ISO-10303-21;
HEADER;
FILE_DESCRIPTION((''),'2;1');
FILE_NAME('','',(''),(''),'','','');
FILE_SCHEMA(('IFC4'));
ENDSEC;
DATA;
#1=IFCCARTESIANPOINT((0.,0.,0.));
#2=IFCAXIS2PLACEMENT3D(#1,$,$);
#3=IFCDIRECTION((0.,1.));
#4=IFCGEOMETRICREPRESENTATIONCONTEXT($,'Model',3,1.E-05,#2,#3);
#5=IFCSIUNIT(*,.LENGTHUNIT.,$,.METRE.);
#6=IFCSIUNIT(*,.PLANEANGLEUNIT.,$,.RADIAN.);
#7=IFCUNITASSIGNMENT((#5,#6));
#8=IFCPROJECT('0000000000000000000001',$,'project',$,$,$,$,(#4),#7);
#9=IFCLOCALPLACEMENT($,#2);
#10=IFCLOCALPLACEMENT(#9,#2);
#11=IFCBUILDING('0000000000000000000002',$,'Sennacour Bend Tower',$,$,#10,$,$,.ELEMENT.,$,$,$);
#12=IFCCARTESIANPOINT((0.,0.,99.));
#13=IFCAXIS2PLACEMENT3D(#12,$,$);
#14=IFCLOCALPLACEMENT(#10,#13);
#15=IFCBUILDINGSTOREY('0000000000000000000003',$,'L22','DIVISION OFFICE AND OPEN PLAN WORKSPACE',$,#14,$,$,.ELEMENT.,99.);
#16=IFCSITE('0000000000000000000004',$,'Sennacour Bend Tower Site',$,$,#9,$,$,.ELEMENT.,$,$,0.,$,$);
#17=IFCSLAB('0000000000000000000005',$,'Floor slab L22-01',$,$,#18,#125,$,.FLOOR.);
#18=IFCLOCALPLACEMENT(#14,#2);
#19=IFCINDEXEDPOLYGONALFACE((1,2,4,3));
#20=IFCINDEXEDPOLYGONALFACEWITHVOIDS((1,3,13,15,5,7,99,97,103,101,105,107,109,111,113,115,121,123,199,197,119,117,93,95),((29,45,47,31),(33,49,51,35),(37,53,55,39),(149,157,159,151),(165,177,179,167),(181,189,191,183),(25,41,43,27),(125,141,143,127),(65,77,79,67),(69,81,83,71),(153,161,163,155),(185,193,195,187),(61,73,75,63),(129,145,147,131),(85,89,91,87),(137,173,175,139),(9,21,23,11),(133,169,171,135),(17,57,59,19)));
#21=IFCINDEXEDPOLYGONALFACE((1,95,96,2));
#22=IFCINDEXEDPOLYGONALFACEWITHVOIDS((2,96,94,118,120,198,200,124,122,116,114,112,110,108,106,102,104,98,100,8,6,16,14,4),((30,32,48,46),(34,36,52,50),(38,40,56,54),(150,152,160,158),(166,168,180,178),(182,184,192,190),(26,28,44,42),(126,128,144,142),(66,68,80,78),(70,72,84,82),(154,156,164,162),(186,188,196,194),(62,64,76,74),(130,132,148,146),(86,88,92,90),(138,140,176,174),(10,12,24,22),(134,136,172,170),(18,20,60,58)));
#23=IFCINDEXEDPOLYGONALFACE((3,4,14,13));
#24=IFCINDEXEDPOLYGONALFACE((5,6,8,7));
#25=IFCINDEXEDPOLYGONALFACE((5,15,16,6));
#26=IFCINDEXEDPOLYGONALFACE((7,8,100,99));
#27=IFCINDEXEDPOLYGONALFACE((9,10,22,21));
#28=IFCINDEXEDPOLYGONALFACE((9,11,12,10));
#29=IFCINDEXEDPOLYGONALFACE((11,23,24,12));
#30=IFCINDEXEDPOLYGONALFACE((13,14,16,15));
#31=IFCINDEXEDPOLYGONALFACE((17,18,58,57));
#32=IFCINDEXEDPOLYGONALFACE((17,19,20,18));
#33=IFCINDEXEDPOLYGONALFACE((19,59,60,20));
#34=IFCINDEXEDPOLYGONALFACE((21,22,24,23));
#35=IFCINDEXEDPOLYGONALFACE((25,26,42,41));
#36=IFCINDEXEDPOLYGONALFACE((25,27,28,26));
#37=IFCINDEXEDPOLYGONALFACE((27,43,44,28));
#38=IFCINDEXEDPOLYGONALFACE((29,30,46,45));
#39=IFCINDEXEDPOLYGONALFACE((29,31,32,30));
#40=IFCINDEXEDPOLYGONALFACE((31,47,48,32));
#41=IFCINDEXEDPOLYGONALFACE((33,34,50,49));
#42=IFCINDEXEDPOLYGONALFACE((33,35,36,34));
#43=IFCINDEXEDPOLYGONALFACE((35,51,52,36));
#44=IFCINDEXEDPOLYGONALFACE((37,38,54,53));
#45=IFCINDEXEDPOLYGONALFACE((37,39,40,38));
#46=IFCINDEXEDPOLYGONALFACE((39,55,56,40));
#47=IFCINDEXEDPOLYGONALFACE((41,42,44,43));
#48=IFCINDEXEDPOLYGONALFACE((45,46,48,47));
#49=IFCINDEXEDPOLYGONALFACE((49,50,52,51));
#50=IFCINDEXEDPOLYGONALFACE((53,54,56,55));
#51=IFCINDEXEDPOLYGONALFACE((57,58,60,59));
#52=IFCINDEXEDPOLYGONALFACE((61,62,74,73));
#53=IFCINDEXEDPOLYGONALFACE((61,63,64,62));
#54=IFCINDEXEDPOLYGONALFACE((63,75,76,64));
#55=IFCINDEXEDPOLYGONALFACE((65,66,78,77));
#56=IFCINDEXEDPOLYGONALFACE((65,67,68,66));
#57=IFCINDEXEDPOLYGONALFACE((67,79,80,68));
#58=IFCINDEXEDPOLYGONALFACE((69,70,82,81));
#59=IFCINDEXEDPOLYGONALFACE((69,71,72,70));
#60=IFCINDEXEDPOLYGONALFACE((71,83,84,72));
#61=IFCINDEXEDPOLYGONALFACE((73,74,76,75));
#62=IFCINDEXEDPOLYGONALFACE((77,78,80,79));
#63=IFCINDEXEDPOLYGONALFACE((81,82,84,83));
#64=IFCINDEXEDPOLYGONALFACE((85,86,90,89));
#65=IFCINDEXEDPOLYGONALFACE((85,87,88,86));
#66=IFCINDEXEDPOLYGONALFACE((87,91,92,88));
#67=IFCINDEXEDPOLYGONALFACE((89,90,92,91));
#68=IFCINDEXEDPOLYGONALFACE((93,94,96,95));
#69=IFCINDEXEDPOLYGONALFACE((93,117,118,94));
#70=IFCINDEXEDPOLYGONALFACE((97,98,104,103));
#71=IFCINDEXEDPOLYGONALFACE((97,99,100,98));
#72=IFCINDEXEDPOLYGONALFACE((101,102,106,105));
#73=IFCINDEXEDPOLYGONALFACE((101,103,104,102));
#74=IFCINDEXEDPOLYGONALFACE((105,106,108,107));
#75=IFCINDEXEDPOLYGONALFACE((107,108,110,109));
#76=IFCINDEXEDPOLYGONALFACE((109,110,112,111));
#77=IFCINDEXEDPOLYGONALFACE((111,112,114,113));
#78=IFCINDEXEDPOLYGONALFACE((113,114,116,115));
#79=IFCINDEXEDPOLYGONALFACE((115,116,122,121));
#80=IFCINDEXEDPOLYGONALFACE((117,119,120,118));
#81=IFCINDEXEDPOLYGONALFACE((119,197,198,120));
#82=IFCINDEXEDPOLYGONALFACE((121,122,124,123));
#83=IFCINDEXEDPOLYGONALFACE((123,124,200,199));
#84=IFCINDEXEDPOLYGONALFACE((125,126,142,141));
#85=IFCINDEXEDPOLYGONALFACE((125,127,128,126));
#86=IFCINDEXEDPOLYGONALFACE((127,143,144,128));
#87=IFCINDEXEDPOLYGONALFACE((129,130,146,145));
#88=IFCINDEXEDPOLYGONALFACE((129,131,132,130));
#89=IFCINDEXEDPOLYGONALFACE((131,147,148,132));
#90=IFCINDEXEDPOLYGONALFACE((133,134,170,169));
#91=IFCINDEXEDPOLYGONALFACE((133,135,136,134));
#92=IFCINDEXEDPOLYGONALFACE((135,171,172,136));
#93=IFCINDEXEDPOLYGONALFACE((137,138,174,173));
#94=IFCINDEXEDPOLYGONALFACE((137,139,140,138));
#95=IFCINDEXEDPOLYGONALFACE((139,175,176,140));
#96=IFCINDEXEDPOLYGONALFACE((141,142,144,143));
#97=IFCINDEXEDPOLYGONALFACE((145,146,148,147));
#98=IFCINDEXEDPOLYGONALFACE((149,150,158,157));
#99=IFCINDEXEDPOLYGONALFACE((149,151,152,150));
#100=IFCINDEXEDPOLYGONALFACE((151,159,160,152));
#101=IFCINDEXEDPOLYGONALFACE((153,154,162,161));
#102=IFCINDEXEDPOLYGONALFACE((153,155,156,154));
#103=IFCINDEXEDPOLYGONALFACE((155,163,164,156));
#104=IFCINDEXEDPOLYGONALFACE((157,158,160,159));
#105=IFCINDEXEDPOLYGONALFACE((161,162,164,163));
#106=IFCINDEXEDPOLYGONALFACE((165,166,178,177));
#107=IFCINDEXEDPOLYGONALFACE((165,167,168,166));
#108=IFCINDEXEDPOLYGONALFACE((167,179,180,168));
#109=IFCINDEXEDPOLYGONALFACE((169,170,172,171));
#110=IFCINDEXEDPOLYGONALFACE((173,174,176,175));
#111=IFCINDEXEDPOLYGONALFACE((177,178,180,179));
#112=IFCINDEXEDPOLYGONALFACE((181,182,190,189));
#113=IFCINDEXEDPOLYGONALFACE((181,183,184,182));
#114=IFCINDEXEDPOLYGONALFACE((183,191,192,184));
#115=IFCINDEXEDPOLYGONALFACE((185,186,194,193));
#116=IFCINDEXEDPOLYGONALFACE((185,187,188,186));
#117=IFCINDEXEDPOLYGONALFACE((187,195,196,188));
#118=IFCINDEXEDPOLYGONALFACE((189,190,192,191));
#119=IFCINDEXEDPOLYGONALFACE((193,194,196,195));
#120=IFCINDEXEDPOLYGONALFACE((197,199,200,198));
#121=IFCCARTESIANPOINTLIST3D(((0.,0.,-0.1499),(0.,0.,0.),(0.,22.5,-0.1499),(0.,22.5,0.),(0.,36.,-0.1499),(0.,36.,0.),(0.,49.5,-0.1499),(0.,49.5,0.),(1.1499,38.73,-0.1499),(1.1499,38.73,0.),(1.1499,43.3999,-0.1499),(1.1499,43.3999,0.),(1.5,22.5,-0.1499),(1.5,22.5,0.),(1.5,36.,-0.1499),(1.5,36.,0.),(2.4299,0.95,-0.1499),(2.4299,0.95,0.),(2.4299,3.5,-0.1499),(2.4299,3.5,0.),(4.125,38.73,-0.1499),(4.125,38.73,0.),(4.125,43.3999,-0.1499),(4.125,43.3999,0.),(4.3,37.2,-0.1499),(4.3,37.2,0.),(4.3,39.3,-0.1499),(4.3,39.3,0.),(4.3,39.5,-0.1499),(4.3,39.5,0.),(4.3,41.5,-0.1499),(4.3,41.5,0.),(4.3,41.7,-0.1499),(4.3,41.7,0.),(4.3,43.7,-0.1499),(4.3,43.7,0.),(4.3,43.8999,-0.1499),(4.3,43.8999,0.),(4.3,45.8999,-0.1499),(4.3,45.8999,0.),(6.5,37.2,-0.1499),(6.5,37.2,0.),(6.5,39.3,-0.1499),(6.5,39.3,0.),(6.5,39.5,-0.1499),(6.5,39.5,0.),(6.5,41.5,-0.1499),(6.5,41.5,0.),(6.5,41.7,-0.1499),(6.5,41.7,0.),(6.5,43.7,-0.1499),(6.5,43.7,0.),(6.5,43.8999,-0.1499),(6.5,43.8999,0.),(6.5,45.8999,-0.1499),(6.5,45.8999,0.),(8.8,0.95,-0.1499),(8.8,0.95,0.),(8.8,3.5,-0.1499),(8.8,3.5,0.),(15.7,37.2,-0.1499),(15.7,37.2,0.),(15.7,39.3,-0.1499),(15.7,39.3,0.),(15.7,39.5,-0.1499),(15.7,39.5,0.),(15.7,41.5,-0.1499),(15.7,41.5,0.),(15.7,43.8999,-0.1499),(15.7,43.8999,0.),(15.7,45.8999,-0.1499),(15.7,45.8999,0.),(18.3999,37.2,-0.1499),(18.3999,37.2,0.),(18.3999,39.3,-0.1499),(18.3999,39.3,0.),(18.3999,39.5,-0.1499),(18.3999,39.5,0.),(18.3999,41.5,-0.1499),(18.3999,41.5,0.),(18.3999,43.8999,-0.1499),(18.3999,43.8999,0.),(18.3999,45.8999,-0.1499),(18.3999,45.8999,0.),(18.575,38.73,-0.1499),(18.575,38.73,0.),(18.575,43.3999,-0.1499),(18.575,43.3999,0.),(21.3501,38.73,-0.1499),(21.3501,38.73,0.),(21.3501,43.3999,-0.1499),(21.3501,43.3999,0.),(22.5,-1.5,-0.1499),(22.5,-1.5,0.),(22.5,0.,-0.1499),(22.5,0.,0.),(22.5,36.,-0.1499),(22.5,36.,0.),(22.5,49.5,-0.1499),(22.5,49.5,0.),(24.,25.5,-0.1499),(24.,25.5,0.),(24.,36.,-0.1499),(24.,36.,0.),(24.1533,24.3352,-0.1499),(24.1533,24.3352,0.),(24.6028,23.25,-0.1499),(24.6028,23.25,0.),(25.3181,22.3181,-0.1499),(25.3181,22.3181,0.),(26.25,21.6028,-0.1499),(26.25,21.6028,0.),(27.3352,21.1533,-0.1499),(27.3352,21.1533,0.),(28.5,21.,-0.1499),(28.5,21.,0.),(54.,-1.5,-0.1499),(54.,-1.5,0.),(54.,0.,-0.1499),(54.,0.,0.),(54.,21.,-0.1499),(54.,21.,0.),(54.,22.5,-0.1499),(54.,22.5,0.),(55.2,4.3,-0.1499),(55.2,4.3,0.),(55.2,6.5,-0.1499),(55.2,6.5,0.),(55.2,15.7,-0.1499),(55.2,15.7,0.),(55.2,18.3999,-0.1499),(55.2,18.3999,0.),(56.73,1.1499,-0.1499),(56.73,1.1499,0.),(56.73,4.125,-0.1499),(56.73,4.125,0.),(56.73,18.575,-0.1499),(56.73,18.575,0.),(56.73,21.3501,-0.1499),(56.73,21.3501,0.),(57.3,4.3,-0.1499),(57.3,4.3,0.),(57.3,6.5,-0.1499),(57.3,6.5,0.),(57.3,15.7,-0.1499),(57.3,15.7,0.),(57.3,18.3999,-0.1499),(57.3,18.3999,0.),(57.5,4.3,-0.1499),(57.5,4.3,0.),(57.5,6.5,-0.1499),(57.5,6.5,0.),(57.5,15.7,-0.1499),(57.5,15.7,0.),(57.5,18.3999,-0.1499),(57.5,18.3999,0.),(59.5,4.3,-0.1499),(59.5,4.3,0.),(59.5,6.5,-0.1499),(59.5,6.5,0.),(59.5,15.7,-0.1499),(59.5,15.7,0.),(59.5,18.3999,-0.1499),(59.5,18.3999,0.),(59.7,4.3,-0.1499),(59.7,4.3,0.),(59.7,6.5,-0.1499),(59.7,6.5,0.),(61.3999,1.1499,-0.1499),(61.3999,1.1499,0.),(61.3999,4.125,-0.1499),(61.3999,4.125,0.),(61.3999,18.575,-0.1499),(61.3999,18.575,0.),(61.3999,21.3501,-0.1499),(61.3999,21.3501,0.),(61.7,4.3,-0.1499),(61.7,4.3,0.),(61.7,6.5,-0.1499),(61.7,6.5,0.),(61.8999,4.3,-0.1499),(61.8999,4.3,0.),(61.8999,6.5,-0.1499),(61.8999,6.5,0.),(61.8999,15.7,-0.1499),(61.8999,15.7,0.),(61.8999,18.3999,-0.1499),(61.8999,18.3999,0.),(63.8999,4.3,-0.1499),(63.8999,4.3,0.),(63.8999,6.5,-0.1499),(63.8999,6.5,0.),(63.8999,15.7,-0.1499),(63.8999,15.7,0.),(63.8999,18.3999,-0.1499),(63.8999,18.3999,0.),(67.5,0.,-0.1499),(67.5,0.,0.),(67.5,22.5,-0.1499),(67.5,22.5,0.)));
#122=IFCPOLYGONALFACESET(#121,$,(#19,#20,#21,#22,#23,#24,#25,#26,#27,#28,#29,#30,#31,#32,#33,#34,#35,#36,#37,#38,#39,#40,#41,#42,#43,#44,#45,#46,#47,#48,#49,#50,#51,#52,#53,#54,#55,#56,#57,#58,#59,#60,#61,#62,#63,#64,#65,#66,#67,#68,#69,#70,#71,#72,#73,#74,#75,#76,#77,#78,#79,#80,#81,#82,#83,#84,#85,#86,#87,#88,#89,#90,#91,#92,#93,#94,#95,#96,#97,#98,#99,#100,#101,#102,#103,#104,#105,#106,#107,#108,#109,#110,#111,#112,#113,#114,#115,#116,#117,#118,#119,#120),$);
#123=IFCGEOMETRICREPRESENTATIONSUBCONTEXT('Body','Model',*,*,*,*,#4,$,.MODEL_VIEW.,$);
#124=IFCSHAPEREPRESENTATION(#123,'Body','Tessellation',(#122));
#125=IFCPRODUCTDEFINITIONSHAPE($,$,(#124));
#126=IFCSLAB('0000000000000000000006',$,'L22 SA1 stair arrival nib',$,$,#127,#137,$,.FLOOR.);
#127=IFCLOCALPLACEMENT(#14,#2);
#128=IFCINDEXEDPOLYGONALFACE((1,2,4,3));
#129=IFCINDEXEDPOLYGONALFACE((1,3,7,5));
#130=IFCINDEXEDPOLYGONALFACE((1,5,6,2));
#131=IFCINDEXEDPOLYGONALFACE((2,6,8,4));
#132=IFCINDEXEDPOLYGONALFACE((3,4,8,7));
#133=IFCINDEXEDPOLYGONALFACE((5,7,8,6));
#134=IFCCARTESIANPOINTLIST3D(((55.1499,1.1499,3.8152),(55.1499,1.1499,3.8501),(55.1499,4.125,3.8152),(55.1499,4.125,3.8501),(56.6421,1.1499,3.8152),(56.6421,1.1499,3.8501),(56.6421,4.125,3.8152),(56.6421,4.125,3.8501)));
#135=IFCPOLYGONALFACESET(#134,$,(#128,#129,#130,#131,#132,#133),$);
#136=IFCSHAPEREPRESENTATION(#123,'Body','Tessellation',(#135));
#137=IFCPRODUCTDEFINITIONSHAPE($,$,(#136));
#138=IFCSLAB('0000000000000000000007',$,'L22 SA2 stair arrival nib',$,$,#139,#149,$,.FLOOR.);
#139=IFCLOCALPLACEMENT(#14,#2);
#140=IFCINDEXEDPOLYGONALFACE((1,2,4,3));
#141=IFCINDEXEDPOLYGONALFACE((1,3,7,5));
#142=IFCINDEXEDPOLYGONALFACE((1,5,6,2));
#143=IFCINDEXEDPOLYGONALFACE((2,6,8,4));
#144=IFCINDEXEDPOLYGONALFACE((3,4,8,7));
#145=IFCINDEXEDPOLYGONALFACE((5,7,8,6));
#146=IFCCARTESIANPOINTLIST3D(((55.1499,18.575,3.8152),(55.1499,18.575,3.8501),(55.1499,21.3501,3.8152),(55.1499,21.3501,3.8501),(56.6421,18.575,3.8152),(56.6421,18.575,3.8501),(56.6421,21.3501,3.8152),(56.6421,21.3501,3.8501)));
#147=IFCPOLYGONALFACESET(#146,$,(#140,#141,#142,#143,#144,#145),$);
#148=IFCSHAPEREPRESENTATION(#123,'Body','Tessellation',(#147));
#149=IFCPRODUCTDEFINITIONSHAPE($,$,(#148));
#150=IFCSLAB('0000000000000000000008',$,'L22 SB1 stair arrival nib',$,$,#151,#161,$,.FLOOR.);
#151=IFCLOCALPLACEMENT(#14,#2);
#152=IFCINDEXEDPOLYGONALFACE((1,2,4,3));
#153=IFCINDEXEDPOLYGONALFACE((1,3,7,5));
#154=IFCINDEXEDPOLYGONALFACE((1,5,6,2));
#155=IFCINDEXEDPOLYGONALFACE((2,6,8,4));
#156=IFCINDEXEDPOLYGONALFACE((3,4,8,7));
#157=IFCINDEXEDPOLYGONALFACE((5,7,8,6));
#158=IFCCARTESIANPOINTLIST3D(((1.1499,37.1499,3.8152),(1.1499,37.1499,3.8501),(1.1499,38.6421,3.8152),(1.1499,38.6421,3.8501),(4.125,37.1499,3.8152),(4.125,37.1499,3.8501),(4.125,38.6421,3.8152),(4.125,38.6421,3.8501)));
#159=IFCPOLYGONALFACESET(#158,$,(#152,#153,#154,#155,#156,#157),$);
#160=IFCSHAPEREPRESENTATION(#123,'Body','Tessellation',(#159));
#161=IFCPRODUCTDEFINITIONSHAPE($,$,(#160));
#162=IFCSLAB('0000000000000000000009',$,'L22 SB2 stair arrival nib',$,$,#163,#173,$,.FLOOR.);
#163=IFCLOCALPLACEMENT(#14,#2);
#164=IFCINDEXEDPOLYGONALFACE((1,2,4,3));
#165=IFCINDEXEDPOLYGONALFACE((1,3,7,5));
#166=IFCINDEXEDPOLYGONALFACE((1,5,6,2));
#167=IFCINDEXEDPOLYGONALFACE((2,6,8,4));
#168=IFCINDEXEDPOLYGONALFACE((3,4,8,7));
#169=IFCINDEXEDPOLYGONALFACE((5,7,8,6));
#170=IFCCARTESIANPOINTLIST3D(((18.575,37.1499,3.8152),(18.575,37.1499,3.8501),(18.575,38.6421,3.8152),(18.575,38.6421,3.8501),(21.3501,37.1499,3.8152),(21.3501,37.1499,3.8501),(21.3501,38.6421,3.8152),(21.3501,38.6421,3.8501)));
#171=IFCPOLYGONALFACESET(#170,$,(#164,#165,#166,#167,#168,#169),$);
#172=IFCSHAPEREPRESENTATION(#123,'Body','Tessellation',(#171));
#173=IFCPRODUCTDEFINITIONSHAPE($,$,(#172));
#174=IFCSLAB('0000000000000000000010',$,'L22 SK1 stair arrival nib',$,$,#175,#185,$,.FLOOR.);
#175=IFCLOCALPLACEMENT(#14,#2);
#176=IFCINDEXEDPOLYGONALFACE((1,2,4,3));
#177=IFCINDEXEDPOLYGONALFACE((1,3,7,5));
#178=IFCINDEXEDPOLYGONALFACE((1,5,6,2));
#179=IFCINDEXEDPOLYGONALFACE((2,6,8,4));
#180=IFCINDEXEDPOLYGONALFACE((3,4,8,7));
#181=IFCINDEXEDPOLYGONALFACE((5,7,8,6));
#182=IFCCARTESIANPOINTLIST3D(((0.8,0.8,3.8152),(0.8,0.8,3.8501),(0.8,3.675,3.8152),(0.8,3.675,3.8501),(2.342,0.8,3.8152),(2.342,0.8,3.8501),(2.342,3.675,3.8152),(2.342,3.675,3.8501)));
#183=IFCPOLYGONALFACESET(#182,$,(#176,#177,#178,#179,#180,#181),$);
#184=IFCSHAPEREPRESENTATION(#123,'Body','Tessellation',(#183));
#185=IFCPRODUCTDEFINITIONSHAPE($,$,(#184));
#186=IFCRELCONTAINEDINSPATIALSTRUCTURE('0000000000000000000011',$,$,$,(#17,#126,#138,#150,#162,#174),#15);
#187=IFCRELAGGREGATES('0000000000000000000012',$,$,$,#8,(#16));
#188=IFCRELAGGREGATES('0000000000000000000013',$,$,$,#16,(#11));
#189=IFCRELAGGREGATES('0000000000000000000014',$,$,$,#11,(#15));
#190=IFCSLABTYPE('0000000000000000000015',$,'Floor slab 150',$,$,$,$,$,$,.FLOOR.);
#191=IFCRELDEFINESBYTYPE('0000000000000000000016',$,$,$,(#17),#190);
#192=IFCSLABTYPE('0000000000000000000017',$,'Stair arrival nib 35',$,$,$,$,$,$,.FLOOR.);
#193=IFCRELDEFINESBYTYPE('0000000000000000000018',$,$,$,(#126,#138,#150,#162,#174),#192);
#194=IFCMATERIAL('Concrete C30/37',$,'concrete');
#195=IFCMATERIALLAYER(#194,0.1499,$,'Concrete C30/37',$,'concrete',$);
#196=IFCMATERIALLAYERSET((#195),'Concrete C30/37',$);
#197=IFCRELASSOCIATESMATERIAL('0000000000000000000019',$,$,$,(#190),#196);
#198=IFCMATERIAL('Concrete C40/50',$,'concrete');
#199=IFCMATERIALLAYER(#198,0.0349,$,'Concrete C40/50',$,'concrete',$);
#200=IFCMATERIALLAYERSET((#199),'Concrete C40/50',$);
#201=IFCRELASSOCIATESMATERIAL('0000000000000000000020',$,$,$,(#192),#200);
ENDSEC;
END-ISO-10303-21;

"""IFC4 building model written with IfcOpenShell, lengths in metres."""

from ifc_helpers import new_model, si_unit, direction, frame, origin, place, context, subcontext, project, spatial, polyline, outline, extrude, material, layer, layer_set, type_object, element, save


model = new_model("IFC4")

# Units and contexts
model_context = context("Model", 3, precision=1e-05, world=origin(), true_north=direction((0.0, 1.0)))
body_context = subcontext(model_context, "Body", "Model", "MODEL_VIEW")
ifc_project = project(units=[si_unit("LENGTHUNIT", "METRE"), si_unit("PLANEANGLEUNIT", "RADIAN")], contexts=[model_context])

# Site, building, storey
site_placement = place(None, origin())
site = spatial("IfcSite", under=ifc_project, at=site_placement, Name="Sennacour Bend Tower Site", CompositionType="ELEMENT", RefElevation=0.0)
building_placement = place(site_placement, origin())
building = spatial("IfcBuilding", under=site, at=building_placement, Name="Sennacour Bend Tower", CompositionType="ELEMENT")
storey_placement = place(building_placement, frame((0.0, 0.0, 99.0)))
storey = spatial("IfcBuildingStorey", under=building, at=storey_placement, Name="L22", Description="DIVISION OFFICE AND OPEN PLAN WORKSPACE", CompositionType="ELEMENT", Elevation=99.0)

# Slabs
ifc_material_1 = material(Name="Concrete C30/37", Category="concrete")
ifc_layer_1 = layer(ifc_material_1, 0.1499, Name="Concrete C30/37", Category="concrete")
ifc_layer_set_1 = layer_set([ifc_layer_1], Name="Concrete C30/37")
slab_type_1 = type_object("IfcSlabType", Name="Floor slab 150", PredefinedType="FLOOR", material=ifc_layer_set_1)
slab_1_placement = place(storey_placement, frame((0.0, 0.0, -0.1499)))
element("IfcSlab", 1, at=slab_1_placement, inside=storey, type_object=slab_type_1, Name="Floor slab L22-01", PredefinedType="FLOOR", context=body_context, shape_type="SweptSolid", body=[
    extrude(outline(polyline([(22.5, 0.0), (0.0, 0.0), (0.0, 22.5), (1.5, 22.5), (1.5, 36.0), (0.0, 36.0), (0.0, 49.5), (22.5, 49.5), (22.5, 36.0), (24.0, 36.0), (24.0, 25.5), (24.1533, 24.3352), (24.6028, 23.25), (25.3181, 22.3181), (26.25, 21.6028), (27.3352, 21.1533), (28.5, 21.0), (54.0, 21.0), (54.0, 22.5), (67.5, 22.5), (67.5, 0.0), (54.0, 0.0), (54.0, -1.5), (22.5, -1.5), (22.5, 0.0)]), holes=[polyline([(8.8, 0.95), (8.8, 3.5), (2.4299, 3.5), (2.4299, 0.95), (8.8, 0.95)]), polyline([(6.5, 37.2), (6.5, 39.3), (4.3, 39.3), (4.3, 37.2), (6.5, 37.2)]), polyline([(18.3999, 37.2), (18.3999, 39.3), (15.7, 39.3), (15.7, 37.2), (18.3999, 37.2)]), polyline([(6.5, 39.5), (6.5, 41.5), (4.3, 41.5), (4.3, 39.5), (6.5, 39.5)]), polyline([(18.3999, 39.5), (18.3999, 41.5), (15.7, 41.5), (15.7, 39.5), (18.3999, 39.5)]), polyline([(4.125, 38.73), (4.125, 43.3999), (1.1499, 43.3999), (1.1499, 38.73), (4.125, 38.73)]), polyline([(21.3501, 38.73), (21.3501, 43.3999), (18.575, 43.3999), (18.575, 38.73), (21.3501, 38.73)]), polyline([(4.3, 41.7), (6.5, 41.7), (6.5, 43.7), (4.3, 43.7), (4.3, 41.7)]), polyline([(4.3, 43.8999), (6.5, 43.8999), (6.5, 45.8999), (4.3, 45.8999), (4.3, 43.8999)]), polyline([(18.3999, 43.8999), (18.3999, 45.8999), (15.7, 45.8999), (15.7, 43.8999), (18.3999, 43.8999)]), polyline([(61.3999, 1.1499), (61.3999, 4.125), (56.73, 4.125), (56.73, 1.1499), (61.3999, 1.1499)]), polyline([(57.3, 4.3), (57.3, 6.5), (55.2, 6.5), (55.2, 4.3), (57.3, 4.3)]), polyline([(57.5, 4.3), (59.5, 4.3), (59.5, 6.5), (57.5, 6.5), (57.5, 4.3)]), polyline([(59.7, 4.3), (61.7, 4.3), (61.7, 6.5), (59.7, 6.5), (59.7, 4.3)]), polyline([(63.8999, 4.3), (63.8999, 6.5), (61.8999, 6.5), (61.8999, 4.3), (63.8999, 4.3)]), polyline([(57.3, 15.7), (57.3, 18.3999), (55.2, 18.3999), (55.2, 15.7), (57.3, 15.7)]), polyline([(59.5, 15.7), (59.5, 18.3999), (57.5, 18.3999), (57.5, 15.7), (59.5, 15.7)]), polyline([(61.8999, 15.7), (63.8999, 15.7), (63.8999, 18.3999), (61.8999, 18.3999), (61.8999, 15.7)]), polyline([(56.73, 18.575), (61.3999, 18.575), (61.3999, 21.3501), (56.73, 21.3501), (56.73, 18.575)])]), origin(), (0.0, 0.0, 1.0), 0.1499),
])
ifc_material_2 = material(Name="Concrete C40/50", Category="concrete")
ifc_layer_2 = layer(ifc_material_2, 0.0349, Name="Concrete C40/50", Category="concrete")
ifc_layer_set_2 = layer_set([ifc_layer_2], Name="Concrete C40/50")
slab_type_2 = type_object("IfcSlabType", Name="Stair arrival nib 35", PredefinedType="FLOOR", material=ifc_layer_set_2)
slab_2_placement = place(storey_placement, frame((0.0, 0.0, 3.8152)))
element("IfcSlab", 2, at=slab_2_placement, inside=storey, type_object=slab_type_2, Name="L22 SA1 stair arrival nib", PredefinedType="FLOOR", context=body_context, shape_type="SweptSolid", body=[
    extrude(outline(polyline([(56.6421, 4.125), (55.1499, 4.125), (55.1499, 1.1499), (56.6421, 1.1499), (56.6421, 4.125)])), origin(), (0.0, 0.0, 1.0), 0.0349),
])
slab_3_placement = place(storey_placement, frame((0.0, 0.0, 3.8152)))
element("IfcSlab", 3, at=slab_3_placement, inside=storey, type_object=slab_type_2, Name="L22 SA2 stair arrival nib", PredefinedType="FLOOR", context=body_context, shape_type="SweptSolid", body=[
    extrude(outline(polyline([(56.6421, 21.3501), (55.1499, 21.3501), (55.1499, 18.575), (56.6421, 18.575), (56.6421, 21.3501)])), origin(), (0.0, 0.0, 1.0), 0.0349),
])
slab_4_placement = place(storey_placement, frame((0.0, 0.0, 3.8152)))
element("IfcSlab", 4, at=slab_4_placement, inside=storey, type_object=slab_type_2, Name="L22 SB1 stair arrival nib", PredefinedType="FLOOR", context=body_context, shape_type="SweptSolid", body=[
    extrude(outline(polyline([(1.1499, 38.6421), (1.1499, 37.1499), (4.125, 37.1499), (4.125, 38.6421), (1.1499, 38.6421)])), origin(), (0.0, 0.0, 1.0), 0.0349),
])
slab_5_placement = place(storey_placement, frame((0.0, 0.0, 3.8152)))
element("IfcSlab", 5, at=slab_5_placement, inside=storey, type_object=slab_type_2, Name="L22 SB2 stair arrival nib", PredefinedType="FLOOR", context=body_context, shape_type="SweptSolid", body=[
    extrude(outline(polyline([(18.575, 38.6421), (18.575, 37.1499), (21.3501, 37.1499), (21.3501, 38.6421), (18.575, 38.6421)])), origin(), (0.0, 0.0, 1.0), 0.0349),
])
slab_6_placement = place(storey_placement, frame((0.0, 0.0, 3.8152)))
element("IfcSlab", 6, at=slab_6_placement, inside=storey, type_object=slab_type_2, Name="L22 SK1 stair arrival nib", PredefinedType="FLOOR", context=body_context, shape_type="SweptSolid", body=[
    extrude(outline(polyline([(2.342, 3.675), (0.8, 3.675), (0.8, 0.8), (2.342, 0.8), (2.342, 3.675)])), origin(), (0.0, 0.0, 1.0), 0.0349),
])

save(model, "model.ifc")
